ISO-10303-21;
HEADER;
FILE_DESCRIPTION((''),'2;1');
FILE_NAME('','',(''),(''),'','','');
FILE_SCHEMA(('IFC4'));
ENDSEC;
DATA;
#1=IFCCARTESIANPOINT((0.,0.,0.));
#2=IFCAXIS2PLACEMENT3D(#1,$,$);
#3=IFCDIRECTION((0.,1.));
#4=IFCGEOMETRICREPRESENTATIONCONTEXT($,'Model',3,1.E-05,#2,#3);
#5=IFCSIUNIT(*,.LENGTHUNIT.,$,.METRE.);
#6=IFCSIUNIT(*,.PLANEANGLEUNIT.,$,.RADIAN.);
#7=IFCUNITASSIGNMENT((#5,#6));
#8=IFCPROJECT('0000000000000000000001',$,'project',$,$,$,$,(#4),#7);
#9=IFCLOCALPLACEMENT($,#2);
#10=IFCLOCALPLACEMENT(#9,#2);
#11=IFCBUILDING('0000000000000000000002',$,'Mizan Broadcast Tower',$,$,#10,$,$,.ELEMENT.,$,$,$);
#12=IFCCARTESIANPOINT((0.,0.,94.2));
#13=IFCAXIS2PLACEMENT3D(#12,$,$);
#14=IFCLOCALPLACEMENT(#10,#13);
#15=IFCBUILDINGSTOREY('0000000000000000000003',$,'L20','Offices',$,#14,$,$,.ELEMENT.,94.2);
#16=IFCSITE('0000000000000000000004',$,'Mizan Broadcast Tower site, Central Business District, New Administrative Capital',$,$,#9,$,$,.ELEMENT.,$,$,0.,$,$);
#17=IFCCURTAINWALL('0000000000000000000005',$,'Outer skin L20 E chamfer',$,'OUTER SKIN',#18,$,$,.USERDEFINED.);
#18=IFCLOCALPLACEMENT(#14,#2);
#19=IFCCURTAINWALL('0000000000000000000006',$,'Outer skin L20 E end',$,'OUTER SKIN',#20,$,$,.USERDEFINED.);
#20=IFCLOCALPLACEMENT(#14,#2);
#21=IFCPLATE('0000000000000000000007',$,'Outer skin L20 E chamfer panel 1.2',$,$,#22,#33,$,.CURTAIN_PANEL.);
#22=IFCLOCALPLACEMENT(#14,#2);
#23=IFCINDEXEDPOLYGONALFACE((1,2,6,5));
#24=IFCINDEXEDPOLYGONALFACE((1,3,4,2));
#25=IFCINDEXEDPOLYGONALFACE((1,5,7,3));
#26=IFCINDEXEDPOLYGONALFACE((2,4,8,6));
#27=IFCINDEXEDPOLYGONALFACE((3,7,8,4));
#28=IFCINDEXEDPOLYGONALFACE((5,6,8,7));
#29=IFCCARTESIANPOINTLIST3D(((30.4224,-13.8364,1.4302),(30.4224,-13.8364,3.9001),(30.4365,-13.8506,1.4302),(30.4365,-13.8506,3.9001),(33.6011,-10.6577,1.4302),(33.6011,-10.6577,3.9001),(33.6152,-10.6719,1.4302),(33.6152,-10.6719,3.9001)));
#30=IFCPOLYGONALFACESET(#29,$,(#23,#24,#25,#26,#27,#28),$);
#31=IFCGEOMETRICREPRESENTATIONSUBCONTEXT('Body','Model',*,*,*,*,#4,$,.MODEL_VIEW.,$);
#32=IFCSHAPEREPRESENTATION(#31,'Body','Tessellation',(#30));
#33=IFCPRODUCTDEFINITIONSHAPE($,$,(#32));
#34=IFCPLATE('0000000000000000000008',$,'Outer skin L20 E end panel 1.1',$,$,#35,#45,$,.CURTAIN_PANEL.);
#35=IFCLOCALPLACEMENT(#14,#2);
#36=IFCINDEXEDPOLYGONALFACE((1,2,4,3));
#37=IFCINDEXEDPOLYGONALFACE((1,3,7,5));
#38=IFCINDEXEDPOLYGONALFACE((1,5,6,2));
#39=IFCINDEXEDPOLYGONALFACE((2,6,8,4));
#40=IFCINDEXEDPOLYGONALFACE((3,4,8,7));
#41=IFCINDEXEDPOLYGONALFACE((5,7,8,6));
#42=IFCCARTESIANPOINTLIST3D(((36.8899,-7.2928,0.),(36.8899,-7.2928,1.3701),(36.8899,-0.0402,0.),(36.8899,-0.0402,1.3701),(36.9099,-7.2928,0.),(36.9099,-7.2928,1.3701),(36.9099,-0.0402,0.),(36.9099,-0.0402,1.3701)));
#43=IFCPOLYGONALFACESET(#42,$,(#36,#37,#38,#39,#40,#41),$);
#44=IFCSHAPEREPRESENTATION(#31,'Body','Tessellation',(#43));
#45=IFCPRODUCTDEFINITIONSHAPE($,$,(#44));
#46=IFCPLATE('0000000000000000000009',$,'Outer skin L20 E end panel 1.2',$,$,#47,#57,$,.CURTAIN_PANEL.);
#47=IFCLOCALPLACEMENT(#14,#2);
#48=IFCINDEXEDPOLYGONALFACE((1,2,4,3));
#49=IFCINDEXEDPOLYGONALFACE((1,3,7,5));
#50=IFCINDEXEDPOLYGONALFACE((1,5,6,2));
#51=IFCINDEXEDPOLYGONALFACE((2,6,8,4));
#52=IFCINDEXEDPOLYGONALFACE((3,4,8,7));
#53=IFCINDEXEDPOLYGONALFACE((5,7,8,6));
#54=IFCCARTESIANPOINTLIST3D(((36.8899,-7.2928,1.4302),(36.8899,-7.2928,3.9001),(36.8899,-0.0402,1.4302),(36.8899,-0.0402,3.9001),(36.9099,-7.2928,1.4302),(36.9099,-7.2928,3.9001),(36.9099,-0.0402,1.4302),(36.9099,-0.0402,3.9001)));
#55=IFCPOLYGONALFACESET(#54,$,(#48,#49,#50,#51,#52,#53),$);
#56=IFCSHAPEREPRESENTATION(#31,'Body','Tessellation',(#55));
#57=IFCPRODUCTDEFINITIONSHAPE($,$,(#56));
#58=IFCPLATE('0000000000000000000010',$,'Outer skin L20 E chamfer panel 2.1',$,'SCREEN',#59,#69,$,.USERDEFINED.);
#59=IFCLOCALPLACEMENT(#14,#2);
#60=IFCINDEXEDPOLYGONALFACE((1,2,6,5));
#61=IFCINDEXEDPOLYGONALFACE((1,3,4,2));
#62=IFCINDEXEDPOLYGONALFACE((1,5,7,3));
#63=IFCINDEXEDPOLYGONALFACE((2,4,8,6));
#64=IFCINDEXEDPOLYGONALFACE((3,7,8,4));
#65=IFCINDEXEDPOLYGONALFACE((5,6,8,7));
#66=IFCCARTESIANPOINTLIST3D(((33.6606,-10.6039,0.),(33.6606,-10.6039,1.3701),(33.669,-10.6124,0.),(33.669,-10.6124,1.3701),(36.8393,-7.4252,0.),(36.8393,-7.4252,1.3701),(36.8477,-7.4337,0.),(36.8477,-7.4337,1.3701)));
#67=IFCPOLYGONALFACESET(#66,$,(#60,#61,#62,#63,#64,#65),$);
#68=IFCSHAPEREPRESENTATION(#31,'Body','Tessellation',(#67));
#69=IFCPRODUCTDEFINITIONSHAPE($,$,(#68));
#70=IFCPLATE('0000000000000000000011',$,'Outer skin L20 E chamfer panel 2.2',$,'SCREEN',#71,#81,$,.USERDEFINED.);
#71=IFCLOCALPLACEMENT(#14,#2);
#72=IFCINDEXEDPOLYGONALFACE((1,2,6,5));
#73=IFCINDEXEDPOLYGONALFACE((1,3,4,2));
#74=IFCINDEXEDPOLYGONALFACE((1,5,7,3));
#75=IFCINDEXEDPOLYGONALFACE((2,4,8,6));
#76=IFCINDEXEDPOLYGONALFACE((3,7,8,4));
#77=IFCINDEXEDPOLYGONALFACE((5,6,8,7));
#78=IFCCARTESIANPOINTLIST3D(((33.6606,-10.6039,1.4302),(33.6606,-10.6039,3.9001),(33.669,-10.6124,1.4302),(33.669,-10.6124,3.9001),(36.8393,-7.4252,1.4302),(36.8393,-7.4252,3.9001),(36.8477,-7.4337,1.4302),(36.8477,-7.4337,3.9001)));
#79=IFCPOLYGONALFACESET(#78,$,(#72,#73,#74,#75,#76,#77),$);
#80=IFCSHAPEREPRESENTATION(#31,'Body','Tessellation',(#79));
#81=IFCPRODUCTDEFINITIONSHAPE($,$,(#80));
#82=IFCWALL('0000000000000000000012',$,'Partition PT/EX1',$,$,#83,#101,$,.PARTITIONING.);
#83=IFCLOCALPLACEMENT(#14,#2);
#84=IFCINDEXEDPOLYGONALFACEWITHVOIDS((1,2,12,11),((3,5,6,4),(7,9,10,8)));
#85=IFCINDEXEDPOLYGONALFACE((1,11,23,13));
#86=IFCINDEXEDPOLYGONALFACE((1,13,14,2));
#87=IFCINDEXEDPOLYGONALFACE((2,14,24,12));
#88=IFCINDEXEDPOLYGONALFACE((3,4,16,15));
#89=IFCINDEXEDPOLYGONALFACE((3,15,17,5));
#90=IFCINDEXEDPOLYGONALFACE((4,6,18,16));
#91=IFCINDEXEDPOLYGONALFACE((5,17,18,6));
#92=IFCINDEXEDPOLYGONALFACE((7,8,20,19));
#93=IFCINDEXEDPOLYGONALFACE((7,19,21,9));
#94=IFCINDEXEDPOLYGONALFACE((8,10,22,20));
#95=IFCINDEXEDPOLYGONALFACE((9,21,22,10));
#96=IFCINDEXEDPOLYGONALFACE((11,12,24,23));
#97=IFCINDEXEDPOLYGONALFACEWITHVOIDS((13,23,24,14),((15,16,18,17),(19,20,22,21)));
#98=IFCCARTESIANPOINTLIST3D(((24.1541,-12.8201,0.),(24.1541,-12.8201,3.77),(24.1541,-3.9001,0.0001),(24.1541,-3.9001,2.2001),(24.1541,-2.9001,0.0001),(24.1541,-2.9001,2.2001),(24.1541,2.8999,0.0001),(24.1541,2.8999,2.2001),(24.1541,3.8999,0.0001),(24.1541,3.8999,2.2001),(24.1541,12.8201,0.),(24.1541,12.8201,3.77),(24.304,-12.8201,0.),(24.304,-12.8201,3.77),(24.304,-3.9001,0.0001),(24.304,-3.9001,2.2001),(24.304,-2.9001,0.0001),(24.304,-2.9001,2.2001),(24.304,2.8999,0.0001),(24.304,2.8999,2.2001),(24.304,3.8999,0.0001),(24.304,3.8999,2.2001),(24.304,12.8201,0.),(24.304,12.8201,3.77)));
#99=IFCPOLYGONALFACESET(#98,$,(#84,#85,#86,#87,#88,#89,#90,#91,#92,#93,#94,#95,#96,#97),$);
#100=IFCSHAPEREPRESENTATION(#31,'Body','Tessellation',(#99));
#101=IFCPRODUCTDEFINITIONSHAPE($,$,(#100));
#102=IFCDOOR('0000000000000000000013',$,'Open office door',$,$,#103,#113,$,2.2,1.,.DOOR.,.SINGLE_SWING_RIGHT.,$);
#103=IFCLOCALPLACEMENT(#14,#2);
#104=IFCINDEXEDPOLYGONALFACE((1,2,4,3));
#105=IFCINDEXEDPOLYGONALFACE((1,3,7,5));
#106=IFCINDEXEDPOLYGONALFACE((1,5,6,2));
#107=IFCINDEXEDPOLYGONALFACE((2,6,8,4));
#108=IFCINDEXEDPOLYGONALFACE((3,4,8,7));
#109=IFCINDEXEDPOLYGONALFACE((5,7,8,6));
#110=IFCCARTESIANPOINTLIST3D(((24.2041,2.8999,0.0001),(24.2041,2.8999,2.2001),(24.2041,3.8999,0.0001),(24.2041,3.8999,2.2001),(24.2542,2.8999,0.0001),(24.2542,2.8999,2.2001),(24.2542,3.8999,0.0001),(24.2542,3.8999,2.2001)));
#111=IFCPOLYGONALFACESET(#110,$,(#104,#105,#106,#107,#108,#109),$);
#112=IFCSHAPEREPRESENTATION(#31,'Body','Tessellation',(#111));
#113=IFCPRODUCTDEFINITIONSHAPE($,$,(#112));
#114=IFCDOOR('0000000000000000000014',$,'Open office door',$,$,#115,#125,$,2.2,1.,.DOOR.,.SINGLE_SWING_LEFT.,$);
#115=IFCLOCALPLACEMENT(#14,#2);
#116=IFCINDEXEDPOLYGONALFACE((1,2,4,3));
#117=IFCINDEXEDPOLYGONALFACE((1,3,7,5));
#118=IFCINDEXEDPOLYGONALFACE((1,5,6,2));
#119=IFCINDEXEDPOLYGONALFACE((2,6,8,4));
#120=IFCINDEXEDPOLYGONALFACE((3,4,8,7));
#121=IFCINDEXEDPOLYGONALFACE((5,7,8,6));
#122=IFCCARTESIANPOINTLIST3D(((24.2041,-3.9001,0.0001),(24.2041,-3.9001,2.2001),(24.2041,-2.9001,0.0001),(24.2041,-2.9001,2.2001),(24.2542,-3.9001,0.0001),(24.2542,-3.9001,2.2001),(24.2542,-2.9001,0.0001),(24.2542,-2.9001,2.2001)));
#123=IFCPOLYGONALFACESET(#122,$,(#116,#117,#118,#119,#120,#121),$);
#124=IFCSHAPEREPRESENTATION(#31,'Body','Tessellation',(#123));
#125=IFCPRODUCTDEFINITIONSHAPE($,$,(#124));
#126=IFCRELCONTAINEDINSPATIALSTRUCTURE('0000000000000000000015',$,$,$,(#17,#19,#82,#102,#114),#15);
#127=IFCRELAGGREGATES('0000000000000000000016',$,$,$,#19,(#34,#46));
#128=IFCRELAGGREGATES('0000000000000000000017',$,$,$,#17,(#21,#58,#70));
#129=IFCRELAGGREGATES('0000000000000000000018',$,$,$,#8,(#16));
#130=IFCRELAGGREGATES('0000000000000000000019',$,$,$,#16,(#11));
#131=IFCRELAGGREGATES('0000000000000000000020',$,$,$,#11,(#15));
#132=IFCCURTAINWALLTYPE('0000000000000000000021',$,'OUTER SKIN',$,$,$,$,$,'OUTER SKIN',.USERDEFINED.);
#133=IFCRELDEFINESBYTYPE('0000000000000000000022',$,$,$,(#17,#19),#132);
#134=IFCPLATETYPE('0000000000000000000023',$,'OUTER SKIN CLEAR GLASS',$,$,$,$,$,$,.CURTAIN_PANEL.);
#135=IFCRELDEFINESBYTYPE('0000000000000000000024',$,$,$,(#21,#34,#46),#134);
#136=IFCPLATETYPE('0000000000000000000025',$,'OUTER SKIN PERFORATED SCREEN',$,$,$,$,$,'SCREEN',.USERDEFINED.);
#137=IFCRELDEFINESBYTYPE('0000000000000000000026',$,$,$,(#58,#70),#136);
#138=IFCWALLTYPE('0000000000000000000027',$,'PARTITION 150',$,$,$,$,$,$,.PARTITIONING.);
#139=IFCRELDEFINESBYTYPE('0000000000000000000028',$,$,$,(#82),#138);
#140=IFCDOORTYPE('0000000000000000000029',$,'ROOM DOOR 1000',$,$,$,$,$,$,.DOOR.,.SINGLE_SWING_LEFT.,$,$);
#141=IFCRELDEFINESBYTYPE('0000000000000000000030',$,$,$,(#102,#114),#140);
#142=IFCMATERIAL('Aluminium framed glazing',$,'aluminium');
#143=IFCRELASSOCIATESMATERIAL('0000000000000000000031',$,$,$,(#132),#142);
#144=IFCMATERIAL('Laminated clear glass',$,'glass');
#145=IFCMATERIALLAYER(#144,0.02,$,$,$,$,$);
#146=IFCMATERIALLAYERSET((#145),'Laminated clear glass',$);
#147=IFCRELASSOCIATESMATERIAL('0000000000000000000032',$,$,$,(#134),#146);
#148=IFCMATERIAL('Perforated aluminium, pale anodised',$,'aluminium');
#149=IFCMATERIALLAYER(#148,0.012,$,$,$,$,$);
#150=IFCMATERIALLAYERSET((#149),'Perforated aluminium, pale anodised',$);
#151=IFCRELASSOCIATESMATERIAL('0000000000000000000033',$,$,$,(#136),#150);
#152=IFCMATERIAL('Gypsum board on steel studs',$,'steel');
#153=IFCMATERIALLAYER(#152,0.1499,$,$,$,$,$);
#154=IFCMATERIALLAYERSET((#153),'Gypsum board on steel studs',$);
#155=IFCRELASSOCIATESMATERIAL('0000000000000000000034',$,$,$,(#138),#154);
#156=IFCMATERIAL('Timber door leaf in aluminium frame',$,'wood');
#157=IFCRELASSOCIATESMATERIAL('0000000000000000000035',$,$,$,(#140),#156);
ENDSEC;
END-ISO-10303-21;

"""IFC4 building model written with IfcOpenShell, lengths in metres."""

from ifc_helpers import new_model, si_unit, direction, frame, frame_2d, origin, origin_2d, place, context, subcontext, project, spatial, rectangle, extrude, material, layer, layer_set, type_object, element, fill, aggregate, save


model = new_model("IFC4")

# Units and contexts
model_context = context("Model", 3, precision=1e-05, world=origin(), true_north=direction((0.0, 1.0)))
body_context = subcontext(model_context, "Body", "Model", "MODEL_VIEW")
ifc_project = project(units=[si_unit("LENGTHUNIT", "METRE"), si_unit("PLANEANGLEUNIT", "RADIAN")], contexts=[model_context])

# Site, building, storey
site_placement = place(None, origin())
site = spatial("IfcSite", under=ifc_project, at=site_placement, Name="Mizan Broadcast Tower site, Central Business District, New Administrative Capital", CompositionType="ELEMENT", RefElevation=0.0)
building_placement = place(site_placement, origin())
building = spatial("IfcBuilding", under=site, at=building_placement, Name="Mizan Broadcast Tower", CompositionType="ELEMENT")
storey_placement = place(building_placement, frame((0.0, 0.0, 94.2)))
storey = spatial("IfcBuildingStorey", under=building, at=storey_placement, Name="L20", Description="Offices", CompositionType="ELEMENT", Elevation=94.2)

# Curtain wall
ifc_material_1 = material(Name="Aluminium framed glazing", Category="aluminium")
curtain_wall_type_1 = type_object("IfcCurtainWallType", Name="OUTER SKIN", ElementType="OUTER SKIN", PredefinedType="USERDEFINED", material=ifc_material_1)
curtain_wall_1_placement = place(storey_placement, origin())
curtain_wall_1 = element("IfcCurtainWall", 1, at=curtain_wall_1_placement, inside=storey, type_object=curtain_wall_type_1, Name="Outer skin L20 E chamfer", ObjectType="OUTER SKIN", PredefinedType="USERDEFINED")

# Curtain wall
curtain_wall_2_placement = place(storey_placement, origin())
curtain_wall_2 = element("IfcCurtainWall", 2, at=curtain_wall_2_placement, inside=storey, type_object=curtain_wall_type_1, Name="Outer skin L20 E end", ObjectType="OUTER SKIN", PredefinedType="USERDEFINED")

# Plates
ifc_material_2 = material(Name="Laminated clear glass", Category="glass")
ifc_layer_1 = layer(ifc_material_2, 0.02)
ifc_layer_set_1 = layer_set([ifc_layer_1], Name="Laminated clear glass")
plate_type_1 = type_object("IfcPlateType", Name="OUTER SKIN CLEAR GLASS", PredefinedType="CURTAIN_PANEL", material=ifc_layer_set_1)
plate_1_placement = place(storey_placement, frame((32.0188, -12.2542, 1.4302), z_axis=(0.0, 0.0, 1.0), x_axis=(0.707107, 0.707107, 0.0)))
plate_1 = element("IfcPlate", 3, at=plate_1_placement, type_object=plate_type_1, Name="Outer skin L20 E chamfer panel 1.2", PredefinedType="CURTAIN_PANEL", context=body_context, shape_type="SweptSolid", body=[
    extrude(rectangle(XDim=4.4954, YDim=0.02, at=origin_2d()), origin(), (0.0, 0.0, 1.0), 2.47),
])
plate_2_placement = place(storey_placement, frame((36.8999, -3.6665, 0.0), z_axis=(0.0, 0.0, 1.0), x_axis=(0.0, 1.0, 0.0)))
plate_2 = element("IfcPlate", 4, at=plate_2_placement, type_object=plate_type_1, Name="Outer skin L20 E end panel 1.1", PredefinedType="CURTAIN_PANEL", context=body_context, shape_type="SweptSolid", body=[
    extrude(rectangle(XDim=7.2527, YDim=0.02, at=origin_2d()), origin(), (0.0, 0.0, 1.0), 1.3701),
])
plate_3_placement = place(storey_placement, frame((36.8999, -3.6665, 1.4302), z_axis=(0.0, 0.0, 1.0), x_axis=(0.0, 1.0, 0.0)))
plate_3 = element("IfcPlate", 5, at=plate_3_placement, type_object=plate_type_1, Name="Outer skin L20 E end panel 1.2", PredefinedType="CURTAIN_PANEL", context=body_context, shape_type="SweptSolid", body=[
    extrude(rectangle(XDim=7.2527, YDim=0.02, at=origin_2d()), origin(), (0.0, 0.0, 1.0), 2.47),
])
aggregate(curtain_wall_2, [plate_2, plate_3])
ifc_material_3 = material(Name="Perforated aluminium, pale anodised", Category="aluminium")
ifc_layer_2 = layer(ifc_material_3, 0.012)
ifc_layer_set_2 = layer_set([ifc_layer_2], Name="Perforated aluminium, pale anodised")
plate_type_2 = type_object("IfcPlateType", Name="OUTER SKIN PERFORATED SCREEN", ElementType="SCREEN", PredefinedType="USERDEFINED", material=ifc_layer_set_2)
plate_4_placement = place(storey_placement, frame((35.2542, -9.0188, 0.0), z_axis=(0.0, 0.0, 1.0), x_axis=(0.707107, 0.707107, 0.0)))
plate_4 = element("IfcPlate", 6, at=plate_4_placement, type_object=plate_type_2, Name="Outer skin L20 E chamfer panel 2.1", ObjectType="SCREEN", PredefinedType="USERDEFINED", context=body_context, shape_type="SweptSolid", body=[
    extrude(rectangle(XDim=4.4954, YDim=0.012, at=origin_2d()), origin(), (0.0, 0.0, 1.0), 1.3701),
])
plate_5_placement = place(storey_placement, frame((35.2542, -9.0188, 1.4302), z_axis=(0.0, 0.0, 1.0), x_axis=(0.707107, 0.707107, 0.0)))
plate_5 = element("IfcPlate", 7, at=plate_5_placement, type_object=plate_type_2, Name="Outer skin L20 E chamfer panel 2.2", ObjectType="SCREEN", PredefinedType="USERDEFINED", context=body_context, shape_type="SweptSolid", body=[
    extrude(rectangle(XDim=4.4954, YDim=0.012, at=origin_2d()), origin(), (0.0, 0.0, 1.0), 2.47),
])
aggregate(curtain_wall_1, [plate_1, plate_4, plate_5])

# Wall, openings, doors
ifc_material_4 = material(Name="Gypsum board on steel studs", Category="steel")
ifc_layer_3 = layer(ifc_material_4, 0.1499)
ifc_layer_set_3 = layer_set([ifc_layer_3], Name="Gypsum board on steel studs")
wall_type = type_object("IfcWallType", Name="PARTITION 150", PredefinedType="PARTITIONING", material=ifc_layer_set_3)
wall_placement = place(storey_placement, frame((24.229, -12.8201, 0.0), z_axis=(0.0, 0.0, 1.0), x_axis=(0.0, 1.0, 0.0)))
wall = element("IfcWall", 8, at=wall_placement, inside=storey, type_object=wall_type, Name="Partition PT/EX1", PredefinedType="PARTITIONING", context=body_context, shape_type="SweptSolid", body=[
    extrude(rectangle(XDim=25.6401, YDim=0.1499, at=frame_2d((12.8201, 0.0))), origin(), (0.0, 0.0, 1.0), 3.77),
])
opening_1_placement = place(wall_placement, frame((15.72, 0.0, 0.0)))
opening_1 = element("IfcOpeningElement", 9, at=opening_1_placement, cuts=wall, PredefinedType="OPENING", context=body_context, shape_type="SweptSolid", body=[
    extrude(rectangle(XDim=1.0, YDim=2.2, at=frame_2d((0.5, 1.1001))), frame((0.0, 0.085, 0.0), z_axis=(0.0, -1.0, 0.0), x_axis=(1.0, 0.0, 0.0)), (0.0, 0.0, 1.0), 0.1699),
])
opening_2_placement = place(wall_placement, frame((8.9199, 0.0, 0.0)))
opening_2 = element("IfcOpeningElement", 10, at=opening_2_placement, cuts=wall, PredefinedType="OPENING", context=body_context, shape_type="SweptSolid", body=[
    extrude(rectangle(XDim=1.0, YDim=2.2, at=frame_2d((0.5, 1.1001))), frame((0.0, 0.085, 0.0), z_axis=(0.0, -1.0, 0.0), x_axis=(1.0, 0.0, 0.0)), (0.0, 0.0, 1.0), 0.1699),
])
ifc_material_5 = material(Name="Timber door leaf in aluminium frame", Category="wood")
door_type = type_object("IfcDoorType", Name="ROOM DOOR 1000", OperationType="SINGLE_SWING_LEFT", PredefinedType="DOOR", material=ifc_material_5)
door_1_placement = place(opening_1_placement, origin())
door_1 = element("IfcDoor", 11, at=door_1_placement, inside=storey, type_object=door_type, Name="Open office door", OperationType="SINGLE_SWING_RIGHT", OverallHeight=2.2, OverallWidth=1.0, PredefinedType="DOOR", context=body_context, shape_type="SweptSolid", body=[
    extrude(rectangle(XDim=1.0, YDim=2.2, at=frame_2d((0.5, 1.1001))), frame((0.0, 0.0249, 0.0), z_axis=(0.0, -1.0, 0.0), x_axis=(1.0, 0.0, 0.0)), (0.0, 0.0, 1.0), 0.05),
])
fill(opening_1, door_1)
door_2_placement = place(opening_2_placement, origin())
door_2 = element("IfcDoor", 12, at=door_2_placement, inside=storey, type_object=door_type, Name="Open office door", OperationType="SINGLE_SWING_LEFT", OverallHeight=2.2, OverallWidth=1.0, PredefinedType="DOOR", context=body_context, shape_type="SweptSolid", body=[
    extrude(rectangle(XDim=1.0, YDim=2.2, at=frame_2d((0.5, 1.1001))), frame((0.0, 0.0249, 0.0), z_axis=(0.0, -1.0, 0.0), x_axis=(1.0, 0.0, 0.0)), (0.0, 0.0, 1.0), 0.05),
])
fill(opening_2, door_2)

save(model, "model.ifc")
